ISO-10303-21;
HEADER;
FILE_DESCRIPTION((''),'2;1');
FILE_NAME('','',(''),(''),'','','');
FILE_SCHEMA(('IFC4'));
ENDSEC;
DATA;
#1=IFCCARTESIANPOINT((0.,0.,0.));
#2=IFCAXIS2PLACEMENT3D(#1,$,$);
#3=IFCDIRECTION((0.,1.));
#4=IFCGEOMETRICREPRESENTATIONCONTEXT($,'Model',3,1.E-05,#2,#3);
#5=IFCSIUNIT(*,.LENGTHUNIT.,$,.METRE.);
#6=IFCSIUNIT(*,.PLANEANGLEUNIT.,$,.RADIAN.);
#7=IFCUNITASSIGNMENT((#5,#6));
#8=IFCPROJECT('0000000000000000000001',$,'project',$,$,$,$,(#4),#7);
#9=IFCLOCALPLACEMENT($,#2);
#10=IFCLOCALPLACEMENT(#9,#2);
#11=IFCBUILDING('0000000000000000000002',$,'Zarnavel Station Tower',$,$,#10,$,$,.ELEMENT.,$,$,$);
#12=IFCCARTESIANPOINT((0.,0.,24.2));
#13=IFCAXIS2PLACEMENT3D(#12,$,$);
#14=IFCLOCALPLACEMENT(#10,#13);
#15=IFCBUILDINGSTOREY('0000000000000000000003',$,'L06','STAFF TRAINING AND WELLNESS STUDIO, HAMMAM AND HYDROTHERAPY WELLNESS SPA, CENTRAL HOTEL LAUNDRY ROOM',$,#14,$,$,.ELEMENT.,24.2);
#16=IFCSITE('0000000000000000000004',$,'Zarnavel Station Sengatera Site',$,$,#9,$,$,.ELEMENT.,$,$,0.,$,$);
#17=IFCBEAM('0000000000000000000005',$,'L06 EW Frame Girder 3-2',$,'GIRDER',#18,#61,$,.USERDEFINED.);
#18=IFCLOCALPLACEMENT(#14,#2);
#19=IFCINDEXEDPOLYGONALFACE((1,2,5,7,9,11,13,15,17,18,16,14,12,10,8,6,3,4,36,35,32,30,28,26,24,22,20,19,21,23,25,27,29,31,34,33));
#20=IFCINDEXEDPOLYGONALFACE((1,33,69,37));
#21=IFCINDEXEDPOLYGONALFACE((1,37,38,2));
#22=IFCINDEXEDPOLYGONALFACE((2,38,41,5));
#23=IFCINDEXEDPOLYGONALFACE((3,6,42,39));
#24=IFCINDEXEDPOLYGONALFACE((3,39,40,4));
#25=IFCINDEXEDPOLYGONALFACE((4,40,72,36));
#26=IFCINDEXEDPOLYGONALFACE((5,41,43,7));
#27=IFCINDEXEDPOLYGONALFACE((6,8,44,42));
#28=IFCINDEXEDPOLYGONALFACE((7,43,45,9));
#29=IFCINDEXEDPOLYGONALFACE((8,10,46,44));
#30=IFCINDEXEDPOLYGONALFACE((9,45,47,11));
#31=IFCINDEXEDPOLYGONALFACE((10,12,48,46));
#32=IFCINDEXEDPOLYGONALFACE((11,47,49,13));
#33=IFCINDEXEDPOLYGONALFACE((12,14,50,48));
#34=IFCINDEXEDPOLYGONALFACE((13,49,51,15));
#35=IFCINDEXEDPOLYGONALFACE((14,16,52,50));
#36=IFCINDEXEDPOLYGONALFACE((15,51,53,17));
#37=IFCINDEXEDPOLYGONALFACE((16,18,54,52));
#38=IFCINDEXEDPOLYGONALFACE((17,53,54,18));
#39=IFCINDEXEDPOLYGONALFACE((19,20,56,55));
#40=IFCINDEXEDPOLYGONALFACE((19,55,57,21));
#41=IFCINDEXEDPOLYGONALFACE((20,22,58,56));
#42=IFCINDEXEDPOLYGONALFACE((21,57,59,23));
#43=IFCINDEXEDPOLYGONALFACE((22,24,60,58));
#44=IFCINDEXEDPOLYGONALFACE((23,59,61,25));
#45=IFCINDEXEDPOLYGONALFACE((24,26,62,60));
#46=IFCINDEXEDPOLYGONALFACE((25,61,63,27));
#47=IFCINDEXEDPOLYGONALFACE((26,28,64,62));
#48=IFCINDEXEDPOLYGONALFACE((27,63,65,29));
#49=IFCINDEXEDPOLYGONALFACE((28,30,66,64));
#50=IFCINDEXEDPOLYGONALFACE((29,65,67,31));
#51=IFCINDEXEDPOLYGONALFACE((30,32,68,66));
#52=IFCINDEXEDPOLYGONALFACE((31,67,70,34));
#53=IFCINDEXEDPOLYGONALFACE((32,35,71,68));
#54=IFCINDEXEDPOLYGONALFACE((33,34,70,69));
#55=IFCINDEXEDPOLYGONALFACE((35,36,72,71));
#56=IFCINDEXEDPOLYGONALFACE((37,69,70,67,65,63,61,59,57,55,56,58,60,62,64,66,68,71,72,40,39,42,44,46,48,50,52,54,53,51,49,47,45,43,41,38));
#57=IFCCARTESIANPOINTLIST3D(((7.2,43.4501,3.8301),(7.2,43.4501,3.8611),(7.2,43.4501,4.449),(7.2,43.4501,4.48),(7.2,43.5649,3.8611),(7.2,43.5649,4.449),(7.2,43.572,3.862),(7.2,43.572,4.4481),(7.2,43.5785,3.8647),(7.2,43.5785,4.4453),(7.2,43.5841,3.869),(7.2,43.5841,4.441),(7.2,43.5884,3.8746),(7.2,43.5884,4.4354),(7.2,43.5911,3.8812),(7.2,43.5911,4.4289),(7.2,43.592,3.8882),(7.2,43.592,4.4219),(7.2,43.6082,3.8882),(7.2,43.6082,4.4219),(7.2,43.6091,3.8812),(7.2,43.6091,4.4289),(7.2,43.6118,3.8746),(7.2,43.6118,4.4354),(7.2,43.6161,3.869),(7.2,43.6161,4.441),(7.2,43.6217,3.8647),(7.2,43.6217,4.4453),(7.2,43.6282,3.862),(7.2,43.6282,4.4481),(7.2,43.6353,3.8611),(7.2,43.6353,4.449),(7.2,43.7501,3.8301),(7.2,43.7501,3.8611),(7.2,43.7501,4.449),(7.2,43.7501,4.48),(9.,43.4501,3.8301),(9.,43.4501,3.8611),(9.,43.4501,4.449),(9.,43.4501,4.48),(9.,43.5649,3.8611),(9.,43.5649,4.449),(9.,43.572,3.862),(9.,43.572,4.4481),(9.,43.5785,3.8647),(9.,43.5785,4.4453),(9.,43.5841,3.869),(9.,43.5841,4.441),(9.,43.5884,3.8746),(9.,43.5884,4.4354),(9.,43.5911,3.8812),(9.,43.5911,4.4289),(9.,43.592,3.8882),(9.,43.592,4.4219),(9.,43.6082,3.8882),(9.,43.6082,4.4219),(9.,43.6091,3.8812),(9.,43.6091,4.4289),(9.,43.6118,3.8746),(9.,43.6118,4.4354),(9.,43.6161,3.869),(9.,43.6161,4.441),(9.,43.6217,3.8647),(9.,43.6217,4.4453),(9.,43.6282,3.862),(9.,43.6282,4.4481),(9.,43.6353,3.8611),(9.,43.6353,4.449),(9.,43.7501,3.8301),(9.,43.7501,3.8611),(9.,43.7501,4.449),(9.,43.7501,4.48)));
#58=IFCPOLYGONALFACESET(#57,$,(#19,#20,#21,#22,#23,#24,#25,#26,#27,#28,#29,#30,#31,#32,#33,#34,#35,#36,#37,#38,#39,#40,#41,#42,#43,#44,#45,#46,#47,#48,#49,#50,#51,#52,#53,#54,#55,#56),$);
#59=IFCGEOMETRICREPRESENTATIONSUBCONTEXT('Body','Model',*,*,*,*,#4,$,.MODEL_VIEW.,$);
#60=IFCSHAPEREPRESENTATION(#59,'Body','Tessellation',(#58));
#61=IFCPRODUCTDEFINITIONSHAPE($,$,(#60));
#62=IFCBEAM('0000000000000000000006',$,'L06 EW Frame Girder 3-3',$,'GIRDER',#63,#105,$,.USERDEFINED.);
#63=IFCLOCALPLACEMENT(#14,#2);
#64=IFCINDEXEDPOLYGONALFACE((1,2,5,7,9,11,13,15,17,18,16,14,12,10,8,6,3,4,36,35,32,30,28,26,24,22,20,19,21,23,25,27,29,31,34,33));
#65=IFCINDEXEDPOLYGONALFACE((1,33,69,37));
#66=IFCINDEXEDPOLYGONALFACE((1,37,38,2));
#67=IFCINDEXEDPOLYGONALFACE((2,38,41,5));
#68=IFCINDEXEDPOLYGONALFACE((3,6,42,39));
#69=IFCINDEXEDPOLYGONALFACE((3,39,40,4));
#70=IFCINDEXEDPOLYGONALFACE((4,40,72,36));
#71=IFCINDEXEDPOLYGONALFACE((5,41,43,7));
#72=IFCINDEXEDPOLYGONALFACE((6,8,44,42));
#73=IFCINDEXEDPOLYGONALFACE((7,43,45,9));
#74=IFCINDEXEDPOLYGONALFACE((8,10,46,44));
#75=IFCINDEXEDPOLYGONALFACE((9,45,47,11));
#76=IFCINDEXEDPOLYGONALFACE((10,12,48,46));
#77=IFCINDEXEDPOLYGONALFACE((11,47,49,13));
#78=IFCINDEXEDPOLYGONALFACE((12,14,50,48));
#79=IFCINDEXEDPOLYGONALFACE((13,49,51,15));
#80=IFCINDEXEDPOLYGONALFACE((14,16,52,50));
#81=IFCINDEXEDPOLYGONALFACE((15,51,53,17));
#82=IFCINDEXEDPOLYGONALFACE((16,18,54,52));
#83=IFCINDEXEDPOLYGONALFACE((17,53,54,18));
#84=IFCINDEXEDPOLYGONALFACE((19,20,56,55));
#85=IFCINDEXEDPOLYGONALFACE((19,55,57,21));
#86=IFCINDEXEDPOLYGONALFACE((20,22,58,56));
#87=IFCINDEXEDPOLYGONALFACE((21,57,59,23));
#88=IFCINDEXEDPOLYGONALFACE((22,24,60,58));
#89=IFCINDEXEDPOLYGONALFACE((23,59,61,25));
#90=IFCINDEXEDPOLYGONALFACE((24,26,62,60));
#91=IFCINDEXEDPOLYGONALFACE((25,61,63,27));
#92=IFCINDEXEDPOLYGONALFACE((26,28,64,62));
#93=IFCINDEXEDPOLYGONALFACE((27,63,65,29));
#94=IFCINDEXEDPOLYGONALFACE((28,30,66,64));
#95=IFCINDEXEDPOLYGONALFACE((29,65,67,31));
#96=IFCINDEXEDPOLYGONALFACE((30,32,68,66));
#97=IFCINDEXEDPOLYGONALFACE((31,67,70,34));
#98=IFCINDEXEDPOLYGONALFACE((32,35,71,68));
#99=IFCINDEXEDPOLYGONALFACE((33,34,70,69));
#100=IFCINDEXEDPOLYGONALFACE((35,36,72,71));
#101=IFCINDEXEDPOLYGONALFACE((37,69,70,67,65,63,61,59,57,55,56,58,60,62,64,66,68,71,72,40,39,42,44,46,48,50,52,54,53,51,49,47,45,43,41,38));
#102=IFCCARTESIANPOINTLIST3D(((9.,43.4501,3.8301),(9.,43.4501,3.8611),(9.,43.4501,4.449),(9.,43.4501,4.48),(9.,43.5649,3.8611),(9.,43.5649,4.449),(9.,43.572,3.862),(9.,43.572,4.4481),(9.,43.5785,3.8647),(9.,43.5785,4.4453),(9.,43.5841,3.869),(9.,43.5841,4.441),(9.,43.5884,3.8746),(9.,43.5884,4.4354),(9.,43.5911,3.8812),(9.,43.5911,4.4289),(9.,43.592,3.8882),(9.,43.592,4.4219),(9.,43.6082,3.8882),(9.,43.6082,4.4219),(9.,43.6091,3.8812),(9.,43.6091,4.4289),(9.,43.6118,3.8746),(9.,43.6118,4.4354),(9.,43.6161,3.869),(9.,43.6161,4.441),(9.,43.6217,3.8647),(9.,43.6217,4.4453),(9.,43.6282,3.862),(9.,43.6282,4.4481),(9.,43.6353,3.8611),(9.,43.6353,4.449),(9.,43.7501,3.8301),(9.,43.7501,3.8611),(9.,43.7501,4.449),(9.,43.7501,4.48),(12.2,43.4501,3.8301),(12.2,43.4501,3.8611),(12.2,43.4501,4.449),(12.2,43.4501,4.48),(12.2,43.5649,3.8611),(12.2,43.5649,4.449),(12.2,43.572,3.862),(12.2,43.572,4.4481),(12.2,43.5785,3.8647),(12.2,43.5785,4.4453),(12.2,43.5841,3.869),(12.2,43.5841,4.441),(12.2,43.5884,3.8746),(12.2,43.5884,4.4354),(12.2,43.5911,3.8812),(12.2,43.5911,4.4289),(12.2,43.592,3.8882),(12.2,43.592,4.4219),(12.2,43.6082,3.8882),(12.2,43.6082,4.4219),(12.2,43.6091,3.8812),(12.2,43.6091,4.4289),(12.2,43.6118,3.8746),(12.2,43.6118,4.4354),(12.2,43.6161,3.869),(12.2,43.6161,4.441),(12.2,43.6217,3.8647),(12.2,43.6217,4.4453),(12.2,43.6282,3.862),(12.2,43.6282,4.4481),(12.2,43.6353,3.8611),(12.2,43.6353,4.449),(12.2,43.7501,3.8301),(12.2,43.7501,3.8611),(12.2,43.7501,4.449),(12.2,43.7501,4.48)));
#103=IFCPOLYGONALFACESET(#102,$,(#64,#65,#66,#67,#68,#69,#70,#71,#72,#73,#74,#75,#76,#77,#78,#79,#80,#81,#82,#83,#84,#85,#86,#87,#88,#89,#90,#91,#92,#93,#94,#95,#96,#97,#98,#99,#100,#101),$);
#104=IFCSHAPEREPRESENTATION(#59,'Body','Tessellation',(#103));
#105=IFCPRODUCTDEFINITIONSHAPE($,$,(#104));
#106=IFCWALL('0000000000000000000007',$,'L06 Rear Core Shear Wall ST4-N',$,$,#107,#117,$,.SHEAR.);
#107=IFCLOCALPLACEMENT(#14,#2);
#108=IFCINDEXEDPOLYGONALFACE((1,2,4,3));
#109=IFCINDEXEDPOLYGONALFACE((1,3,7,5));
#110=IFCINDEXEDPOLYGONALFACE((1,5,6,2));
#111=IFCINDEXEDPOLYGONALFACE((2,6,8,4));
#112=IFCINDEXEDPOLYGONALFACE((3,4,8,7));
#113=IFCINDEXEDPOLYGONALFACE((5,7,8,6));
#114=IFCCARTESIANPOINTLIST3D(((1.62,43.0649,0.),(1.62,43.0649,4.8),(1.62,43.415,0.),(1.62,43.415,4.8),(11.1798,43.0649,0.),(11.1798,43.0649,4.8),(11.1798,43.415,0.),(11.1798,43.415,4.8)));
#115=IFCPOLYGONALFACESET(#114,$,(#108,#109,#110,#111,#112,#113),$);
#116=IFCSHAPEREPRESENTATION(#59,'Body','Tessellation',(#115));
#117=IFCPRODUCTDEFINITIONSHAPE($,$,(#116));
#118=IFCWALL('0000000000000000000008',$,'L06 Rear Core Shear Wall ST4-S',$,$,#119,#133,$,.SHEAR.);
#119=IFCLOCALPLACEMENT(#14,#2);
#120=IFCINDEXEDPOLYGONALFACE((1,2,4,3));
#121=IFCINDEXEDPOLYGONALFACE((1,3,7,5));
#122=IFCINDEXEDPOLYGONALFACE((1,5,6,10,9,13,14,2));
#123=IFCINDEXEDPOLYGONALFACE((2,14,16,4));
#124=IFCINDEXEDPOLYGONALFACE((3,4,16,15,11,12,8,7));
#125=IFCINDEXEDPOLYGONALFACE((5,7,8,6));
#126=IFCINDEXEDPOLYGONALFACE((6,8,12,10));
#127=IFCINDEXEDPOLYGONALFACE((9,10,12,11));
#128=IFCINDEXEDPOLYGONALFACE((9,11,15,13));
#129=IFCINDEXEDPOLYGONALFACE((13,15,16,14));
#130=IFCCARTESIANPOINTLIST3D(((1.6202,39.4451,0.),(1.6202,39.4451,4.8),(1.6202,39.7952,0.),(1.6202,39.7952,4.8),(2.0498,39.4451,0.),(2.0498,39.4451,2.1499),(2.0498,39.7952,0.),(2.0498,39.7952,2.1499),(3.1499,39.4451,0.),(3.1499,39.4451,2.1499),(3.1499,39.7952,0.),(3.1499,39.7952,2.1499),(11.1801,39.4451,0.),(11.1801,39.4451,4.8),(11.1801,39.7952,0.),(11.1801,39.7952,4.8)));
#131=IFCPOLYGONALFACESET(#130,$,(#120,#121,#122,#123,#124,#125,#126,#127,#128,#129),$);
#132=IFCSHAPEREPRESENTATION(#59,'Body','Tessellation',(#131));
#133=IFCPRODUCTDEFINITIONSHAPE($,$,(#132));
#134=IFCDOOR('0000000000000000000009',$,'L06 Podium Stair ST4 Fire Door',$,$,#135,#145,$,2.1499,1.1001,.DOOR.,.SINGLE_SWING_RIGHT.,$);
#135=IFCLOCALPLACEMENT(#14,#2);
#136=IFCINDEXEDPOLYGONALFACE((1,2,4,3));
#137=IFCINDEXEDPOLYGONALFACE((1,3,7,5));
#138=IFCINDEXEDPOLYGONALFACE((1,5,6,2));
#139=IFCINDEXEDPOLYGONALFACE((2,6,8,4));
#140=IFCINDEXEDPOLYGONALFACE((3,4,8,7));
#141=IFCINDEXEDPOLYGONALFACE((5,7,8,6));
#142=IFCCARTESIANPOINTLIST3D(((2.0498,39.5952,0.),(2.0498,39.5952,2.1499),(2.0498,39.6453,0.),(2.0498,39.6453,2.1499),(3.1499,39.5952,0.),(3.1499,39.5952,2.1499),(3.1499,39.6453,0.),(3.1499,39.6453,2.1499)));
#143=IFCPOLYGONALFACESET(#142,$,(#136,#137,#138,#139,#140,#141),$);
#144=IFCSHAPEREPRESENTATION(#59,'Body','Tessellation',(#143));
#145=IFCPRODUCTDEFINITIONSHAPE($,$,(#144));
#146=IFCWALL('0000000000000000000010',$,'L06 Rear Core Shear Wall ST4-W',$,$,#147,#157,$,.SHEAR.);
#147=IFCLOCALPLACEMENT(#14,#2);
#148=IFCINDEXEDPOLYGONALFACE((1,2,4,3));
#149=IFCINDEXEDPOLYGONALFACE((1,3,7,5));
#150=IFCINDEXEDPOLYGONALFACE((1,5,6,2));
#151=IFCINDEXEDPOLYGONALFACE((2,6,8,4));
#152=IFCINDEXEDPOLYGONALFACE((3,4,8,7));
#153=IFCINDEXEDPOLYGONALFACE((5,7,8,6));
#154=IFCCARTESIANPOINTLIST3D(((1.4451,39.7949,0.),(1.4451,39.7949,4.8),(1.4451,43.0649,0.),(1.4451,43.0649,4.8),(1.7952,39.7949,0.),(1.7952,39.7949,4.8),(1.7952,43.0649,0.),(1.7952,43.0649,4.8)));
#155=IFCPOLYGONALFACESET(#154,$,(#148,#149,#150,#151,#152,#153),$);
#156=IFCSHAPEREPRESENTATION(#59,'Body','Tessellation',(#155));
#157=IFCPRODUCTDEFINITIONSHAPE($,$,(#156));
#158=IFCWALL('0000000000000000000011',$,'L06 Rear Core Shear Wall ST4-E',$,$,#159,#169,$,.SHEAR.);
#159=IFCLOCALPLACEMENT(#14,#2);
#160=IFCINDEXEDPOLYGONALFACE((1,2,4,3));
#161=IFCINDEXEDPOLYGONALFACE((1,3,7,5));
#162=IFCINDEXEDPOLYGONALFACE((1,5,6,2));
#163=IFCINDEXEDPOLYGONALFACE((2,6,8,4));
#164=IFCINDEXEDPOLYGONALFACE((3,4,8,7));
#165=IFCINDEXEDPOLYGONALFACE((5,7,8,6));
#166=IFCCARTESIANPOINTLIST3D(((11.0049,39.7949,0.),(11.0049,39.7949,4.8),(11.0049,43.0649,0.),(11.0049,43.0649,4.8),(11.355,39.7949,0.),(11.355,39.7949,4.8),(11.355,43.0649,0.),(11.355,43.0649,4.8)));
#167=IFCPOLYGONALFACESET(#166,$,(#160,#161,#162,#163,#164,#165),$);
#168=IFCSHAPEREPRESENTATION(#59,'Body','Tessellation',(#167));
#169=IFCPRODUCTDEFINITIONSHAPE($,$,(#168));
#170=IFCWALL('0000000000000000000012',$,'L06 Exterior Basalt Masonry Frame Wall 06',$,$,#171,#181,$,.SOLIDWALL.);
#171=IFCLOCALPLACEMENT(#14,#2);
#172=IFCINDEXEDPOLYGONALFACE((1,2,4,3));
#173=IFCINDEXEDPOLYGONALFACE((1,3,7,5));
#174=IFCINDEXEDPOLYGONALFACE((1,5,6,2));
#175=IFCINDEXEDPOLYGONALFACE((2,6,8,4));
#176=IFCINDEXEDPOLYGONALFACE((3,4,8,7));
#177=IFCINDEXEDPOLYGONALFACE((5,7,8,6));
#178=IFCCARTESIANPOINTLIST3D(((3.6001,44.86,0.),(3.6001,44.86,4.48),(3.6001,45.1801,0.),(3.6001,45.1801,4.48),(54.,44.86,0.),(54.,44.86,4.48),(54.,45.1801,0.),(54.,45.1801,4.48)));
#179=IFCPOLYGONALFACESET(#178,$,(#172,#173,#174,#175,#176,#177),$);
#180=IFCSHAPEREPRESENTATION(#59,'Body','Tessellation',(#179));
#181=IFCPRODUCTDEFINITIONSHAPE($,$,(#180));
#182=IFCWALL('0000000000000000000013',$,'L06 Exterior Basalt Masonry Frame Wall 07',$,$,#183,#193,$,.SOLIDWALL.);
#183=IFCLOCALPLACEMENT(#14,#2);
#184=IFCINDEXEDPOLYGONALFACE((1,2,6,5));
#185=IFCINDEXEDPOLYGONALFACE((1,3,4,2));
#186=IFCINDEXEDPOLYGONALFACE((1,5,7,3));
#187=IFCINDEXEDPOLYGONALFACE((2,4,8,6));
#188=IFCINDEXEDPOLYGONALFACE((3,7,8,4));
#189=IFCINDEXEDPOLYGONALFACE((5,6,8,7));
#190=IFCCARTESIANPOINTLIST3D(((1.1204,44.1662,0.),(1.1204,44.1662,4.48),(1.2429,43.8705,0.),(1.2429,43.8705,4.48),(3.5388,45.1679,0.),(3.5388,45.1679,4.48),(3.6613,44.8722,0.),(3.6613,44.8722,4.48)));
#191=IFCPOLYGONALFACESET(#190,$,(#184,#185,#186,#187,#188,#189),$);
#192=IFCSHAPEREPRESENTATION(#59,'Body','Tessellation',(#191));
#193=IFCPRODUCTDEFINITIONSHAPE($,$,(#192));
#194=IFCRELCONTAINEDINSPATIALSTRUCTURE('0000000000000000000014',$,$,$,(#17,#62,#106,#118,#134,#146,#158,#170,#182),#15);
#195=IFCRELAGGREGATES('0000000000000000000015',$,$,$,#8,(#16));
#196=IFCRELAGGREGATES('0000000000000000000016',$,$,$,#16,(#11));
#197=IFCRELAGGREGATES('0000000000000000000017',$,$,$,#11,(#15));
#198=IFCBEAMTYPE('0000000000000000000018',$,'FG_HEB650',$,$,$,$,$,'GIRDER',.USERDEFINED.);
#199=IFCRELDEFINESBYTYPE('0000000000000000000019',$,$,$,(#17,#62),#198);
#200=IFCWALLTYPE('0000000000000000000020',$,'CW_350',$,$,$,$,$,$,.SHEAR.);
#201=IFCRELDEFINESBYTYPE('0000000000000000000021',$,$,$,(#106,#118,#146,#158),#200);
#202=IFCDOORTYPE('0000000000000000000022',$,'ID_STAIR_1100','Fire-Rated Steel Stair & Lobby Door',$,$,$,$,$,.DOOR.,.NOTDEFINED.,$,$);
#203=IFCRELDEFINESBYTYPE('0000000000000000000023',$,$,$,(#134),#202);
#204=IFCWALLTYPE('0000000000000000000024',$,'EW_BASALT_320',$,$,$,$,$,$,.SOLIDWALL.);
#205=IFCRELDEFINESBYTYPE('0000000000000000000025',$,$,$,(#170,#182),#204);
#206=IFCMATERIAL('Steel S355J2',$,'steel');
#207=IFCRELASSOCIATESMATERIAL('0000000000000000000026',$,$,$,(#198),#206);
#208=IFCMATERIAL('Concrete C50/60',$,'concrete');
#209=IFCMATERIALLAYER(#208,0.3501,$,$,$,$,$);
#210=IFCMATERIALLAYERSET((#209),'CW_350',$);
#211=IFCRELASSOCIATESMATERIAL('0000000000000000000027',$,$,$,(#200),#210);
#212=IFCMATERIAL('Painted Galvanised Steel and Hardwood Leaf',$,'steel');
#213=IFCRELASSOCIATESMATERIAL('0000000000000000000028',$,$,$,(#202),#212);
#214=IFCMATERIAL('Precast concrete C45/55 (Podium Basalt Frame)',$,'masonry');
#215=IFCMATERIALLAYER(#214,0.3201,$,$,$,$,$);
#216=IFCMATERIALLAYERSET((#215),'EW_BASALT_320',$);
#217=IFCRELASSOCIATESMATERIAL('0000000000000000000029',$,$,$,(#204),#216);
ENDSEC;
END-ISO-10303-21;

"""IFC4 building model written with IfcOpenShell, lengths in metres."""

from ifc_helpers import new_model, si_unit, direction, frame, frame_2d, origin, origin_2d, place, context, subcontext, project, spatial, rectangle, i_section, extrude, material, layer, layer_set, material_profile, profile_set, type_object, element, fill, save


model = new_model("IFC4")

# Units and contexts
model_context = context("Model", 3, precision=1e-05, world=origin(), true_north=direction((0.0, 1.0)))
body_context = subcontext(model_context, "Body", "Model", "MODEL_VIEW")
ifc_project = project(units=[si_unit("LENGTHUNIT", "METRE"), si_unit("PLANEANGLEUNIT", "RADIAN")], contexts=[model_context])

# Site, building, storey
site_placement = place(None, origin())
site = spatial("IfcSite", under=ifc_project, at=site_placement, Name="Zarnavel Station Sengatera Site", CompositionType="ELEMENT", RefElevation=0.0)
building_placement = place(site_placement, origin())
building = spatial("IfcBuilding", under=site, at=building_placement, Name="Zarnavel Station Tower", CompositionType="ELEMENT")
storey_placement = place(building_placement, frame((0.0, 0.0, 24.2)))
storey = spatial("IfcBuildingStorey", under=building, at=storey_placement, Name="L06", Description="STAFF TRAINING AND WELLNESS STUDIO, HAMMAM AND HYDROTHERAPY WELLNESS SPA, CENTRAL HOTEL LAUNDRY ROOM", CompositionType="ELEMENT", Elevation=24.2)

# Beams
ifc_material_1 = material(Name="Steel S355J2", Category="steel")
ifc_material_profile_1 = material_profile(ifc_material_1, i_section(OverallWidth=0.3, OverallDepth=0.6499, WebThickness=0.0161, FlangeThickness=0.031, FilletRadius=0.0271, at=origin_2d()), Name="HEB650")
ifc_profile_set_1 = profile_set([ifc_material_profile_1], Name="Steel S355J2")
beam_type = type_object("IfcBeamType", Name="FG_HEB650", ElementType="GIRDER", PredefinedType="USERDEFINED", material=ifc_profile_set_1)
beam_1_placement = place(storey_placement, frame((7.2, 43.6001, 4.155), z_axis=(1.0, 0.0, 0.0), x_axis=(0.0, 1.0, 0.0)))
element("IfcBeam", 1, at=beam_1_placement, inside=storey, type_object=beam_type, Name="L06 EW Frame Girder 3-2", ObjectType="GIRDER", PredefinedType="USERDEFINED", context=body_context, shape_type="SweptSolid", body=[
    extrude(i_section(OverallWidth=0.3, OverallDepth=0.6499, WebThickness=0.0161, FlangeThickness=0.031, FilletRadius=0.0271, at=origin_2d()), origin(), (0.0, 0.0, 1.0), 1.8),
])
beam_2_placement = place(storey_placement, frame((9.0, 43.6001, 4.155), z_axis=(1.0, 0.0, 0.0), x_axis=(0.0, 1.0, 0.0)))
element("IfcBeam", 2, at=beam_2_placement, inside=storey, type_object=beam_type, Name="L06 EW Frame Girder 3-3", ObjectType="GIRDER", PredefinedType="USERDEFINED", context=body_context, shape_type="SweptSolid", body=[
    extrude(i_section(OverallWidth=0.3, OverallDepth=0.6499, WebThickness=0.0161, FlangeThickness=0.031, FilletRadius=0.0271, at=origin_2d()), origin(), (0.0, 0.0, 1.0), 3.2),
])

# Wall
ifc_material_2 = material(Name="Concrete C50/60", Category="concrete")
ifc_layer_1 = layer(ifc_material_2, 0.3501)
ifc_layer_set_1 = layer_set([ifc_layer_1], Name="CW_350")
wall_type_1 = type_object("IfcWallType", Name="CW_350", PredefinedType="SHEAR", material=ifc_layer_set_1)
wall_1_placement = place(storey_placement, frame((1.6201, 43.24, 0.0), z_axis=(0.0, 0.0, 1.0), x_axis=(1.0, 0.0, 0.0)))
element("IfcWall", 3, at=wall_1_placement, inside=storey, type_object=wall_type_1, Name="L06 Rear Core Shear Wall ST4-N", PredefinedType="SHEAR", context=body_context, shape_type="SweptSolid", body=[
    extrude(rectangle(XDim=9.5598, YDim=0.3501, at=frame_2d((4.7798, 0.0))), origin(), (0.0, 0.0, 1.0), 4.8),
])

# Wall, opening, door
wall_2_placement = place(storey_placement, frame((11.1799, 39.6201, 0.0), z_axis=(0.0, 0.0, 1.0), x_axis=(-1.0, 0.0, 0.0)))
wall_2 = element("IfcWall", 4, at=wall_2_placement, inside=storey, type_object=wall_type_1, Name="L06 Rear Core Shear Wall ST4-S", PredefinedType="SHEAR", context=body_context, shape_type="SweptSolid", body=[
    extrude(rectangle(XDim=9.5598, YDim=0.3501, at=frame_2d((4.7798, 0.0))), origin(), (0.0, 0.0, 1.0), 4.8),
])
opening_1_placement = place(wall_2_placement, frame((8.03, 0.0, 0.0)))
opening_1 = element("IfcOpeningElement", 5, at=opening_1_placement, cuts=wall_2, PredefinedType="OPENING", context=body_context, shape_type="SweptSolid", body=[
    extrude(rectangle(XDim=1.1001, YDim=2.1499, at=frame_2d((0.55, 1.075))), frame((0.0, 0.1851, 0.0), z_axis=(0.0, -1.0, 0.0), x_axis=(1.0, 0.0, 0.0)), (0.0, 0.0, 1.0), 0.3701),
])
ifc_material_3 = material(Name="Painted Galvanised Steel and Hardwood Leaf", Category="steel")
door_type_1 = type_object("IfcDoorType", Name="ID_STAIR_1100", Description="Fire-Rated Steel Stair & Lobby Door", OperationType="NOTDEFINED", PredefinedType="DOOR", material=ifc_material_3)
door_1_placement = place(opening_1_placement, origin())
door_1 = element("IfcDoor", 6, at=door_1_placement, inside=storey, type_object=door_type_1, Name="L06 Podium Stair ST4 Fire Door", OperationType="SINGLE_SWING_RIGHT", OverallHeight=2.1499, OverallWidth=1.1001, PredefinedType="DOOR", context=body_context, shape_type="SweptSolid", body=[
    extrude(rectangle(XDim=1.1001, YDim=2.1499, at=frame_2d((0.55, 1.075))), frame((0.0, 0.0249, 0.0), z_axis=(0.0, -1.0, 0.0), x_axis=(1.0, 0.0, 0.0)), (0.0, 0.0, 1.0), 0.05),
])
fill(opening_1, door_1)

# Walls
for number, where, z_axis, x_axis, name in (
    (7, (1.6201, 39.7949, 0.0), (0.0, 0.0, 1.0), (0.0, 1.0, 0.0), "L06 Rear Core Shear Wall ST4-W"),
    (8, (11.1799, 39.7949, 0.0), (0.0, 0.0, 1.0), (0.0, 1.0, 0.0), "L06 Rear Core Shear Wall ST4-E"),
):
    element("IfcWall", number, at=place(storey_placement, frame(where, z_axis=z_axis, x_axis=x_axis)), inside=storey, type_object=wall_type_1, Name=name, PredefinedType="SHEAR", context=body_context, shape_type="SweptSolid", body=[
        extrude(rectangle(XDim=3.27, YDim=0.3501, at=frame_2d((1.635, 0.0))), origin(), (0.0, 0.0, 1.0), 4.8),
    ])
ifc_material_4 = material(Name="Precast concrete C45/55 (Podium Basalt Frame)", Category="masonry")
ifc_layer_2 = layer(ifc_material_4, 0.3201)
ifc_layer_set_2 = layer_set([ifc_layer_2], Name="EW_BASALT_320")
wall_type_2 = type_object("IfcWallType", Name="EW_BASALT_320", PredefinedType="SOLIDWALL", material=ifc_layer_set_2)
wall_3_placement = place(storey_placement, frame((3.6001, 45.02, 0.0), z_axis=(0.0, 0.0, 1.0), x_axis=(1.0, 0.0, 0.0)))
element("IfcWall", 9, at=wall_3_placement, inside=storey, type_object=wall_type_2, Name="L06 Exterior Basalt Masonry Frame Wall 06", PredefinedType="SOLIDWALL", context=body_context, shape_type="SweptSolid", body=[
    extrude(rectangle(XDim=50.3999, YDim=0.3201, at=frame_2d((25.2, 0.0))), origin(), (0.0, 0.0, 1.0), 4.48),
])
wall_4_placement = place(storey_placement, frame((1.1816, 44.0183, 0.0), z_axis=(0.0, 0.0, 1.0), x_axis=(0.923886, 0.382668, 0.0)))
element("IfcWall", 10, at=wall_4_placement, inside=storey, type_object=wall_type_2, Name="L06 Exterior Basalt Masonry Frame Wall 07", PredefinedType="SOLIDWALL", context=body_context, shape_type="SweptSolid", body=[
    extrude(rectangle(XDim=2.6177, YDim=0.3201, at=frame_2d((1.3088, 0.0))), origin(), (0.0, 0.0, 1.0), 4.48),
])

save(model, "model.ifc")
